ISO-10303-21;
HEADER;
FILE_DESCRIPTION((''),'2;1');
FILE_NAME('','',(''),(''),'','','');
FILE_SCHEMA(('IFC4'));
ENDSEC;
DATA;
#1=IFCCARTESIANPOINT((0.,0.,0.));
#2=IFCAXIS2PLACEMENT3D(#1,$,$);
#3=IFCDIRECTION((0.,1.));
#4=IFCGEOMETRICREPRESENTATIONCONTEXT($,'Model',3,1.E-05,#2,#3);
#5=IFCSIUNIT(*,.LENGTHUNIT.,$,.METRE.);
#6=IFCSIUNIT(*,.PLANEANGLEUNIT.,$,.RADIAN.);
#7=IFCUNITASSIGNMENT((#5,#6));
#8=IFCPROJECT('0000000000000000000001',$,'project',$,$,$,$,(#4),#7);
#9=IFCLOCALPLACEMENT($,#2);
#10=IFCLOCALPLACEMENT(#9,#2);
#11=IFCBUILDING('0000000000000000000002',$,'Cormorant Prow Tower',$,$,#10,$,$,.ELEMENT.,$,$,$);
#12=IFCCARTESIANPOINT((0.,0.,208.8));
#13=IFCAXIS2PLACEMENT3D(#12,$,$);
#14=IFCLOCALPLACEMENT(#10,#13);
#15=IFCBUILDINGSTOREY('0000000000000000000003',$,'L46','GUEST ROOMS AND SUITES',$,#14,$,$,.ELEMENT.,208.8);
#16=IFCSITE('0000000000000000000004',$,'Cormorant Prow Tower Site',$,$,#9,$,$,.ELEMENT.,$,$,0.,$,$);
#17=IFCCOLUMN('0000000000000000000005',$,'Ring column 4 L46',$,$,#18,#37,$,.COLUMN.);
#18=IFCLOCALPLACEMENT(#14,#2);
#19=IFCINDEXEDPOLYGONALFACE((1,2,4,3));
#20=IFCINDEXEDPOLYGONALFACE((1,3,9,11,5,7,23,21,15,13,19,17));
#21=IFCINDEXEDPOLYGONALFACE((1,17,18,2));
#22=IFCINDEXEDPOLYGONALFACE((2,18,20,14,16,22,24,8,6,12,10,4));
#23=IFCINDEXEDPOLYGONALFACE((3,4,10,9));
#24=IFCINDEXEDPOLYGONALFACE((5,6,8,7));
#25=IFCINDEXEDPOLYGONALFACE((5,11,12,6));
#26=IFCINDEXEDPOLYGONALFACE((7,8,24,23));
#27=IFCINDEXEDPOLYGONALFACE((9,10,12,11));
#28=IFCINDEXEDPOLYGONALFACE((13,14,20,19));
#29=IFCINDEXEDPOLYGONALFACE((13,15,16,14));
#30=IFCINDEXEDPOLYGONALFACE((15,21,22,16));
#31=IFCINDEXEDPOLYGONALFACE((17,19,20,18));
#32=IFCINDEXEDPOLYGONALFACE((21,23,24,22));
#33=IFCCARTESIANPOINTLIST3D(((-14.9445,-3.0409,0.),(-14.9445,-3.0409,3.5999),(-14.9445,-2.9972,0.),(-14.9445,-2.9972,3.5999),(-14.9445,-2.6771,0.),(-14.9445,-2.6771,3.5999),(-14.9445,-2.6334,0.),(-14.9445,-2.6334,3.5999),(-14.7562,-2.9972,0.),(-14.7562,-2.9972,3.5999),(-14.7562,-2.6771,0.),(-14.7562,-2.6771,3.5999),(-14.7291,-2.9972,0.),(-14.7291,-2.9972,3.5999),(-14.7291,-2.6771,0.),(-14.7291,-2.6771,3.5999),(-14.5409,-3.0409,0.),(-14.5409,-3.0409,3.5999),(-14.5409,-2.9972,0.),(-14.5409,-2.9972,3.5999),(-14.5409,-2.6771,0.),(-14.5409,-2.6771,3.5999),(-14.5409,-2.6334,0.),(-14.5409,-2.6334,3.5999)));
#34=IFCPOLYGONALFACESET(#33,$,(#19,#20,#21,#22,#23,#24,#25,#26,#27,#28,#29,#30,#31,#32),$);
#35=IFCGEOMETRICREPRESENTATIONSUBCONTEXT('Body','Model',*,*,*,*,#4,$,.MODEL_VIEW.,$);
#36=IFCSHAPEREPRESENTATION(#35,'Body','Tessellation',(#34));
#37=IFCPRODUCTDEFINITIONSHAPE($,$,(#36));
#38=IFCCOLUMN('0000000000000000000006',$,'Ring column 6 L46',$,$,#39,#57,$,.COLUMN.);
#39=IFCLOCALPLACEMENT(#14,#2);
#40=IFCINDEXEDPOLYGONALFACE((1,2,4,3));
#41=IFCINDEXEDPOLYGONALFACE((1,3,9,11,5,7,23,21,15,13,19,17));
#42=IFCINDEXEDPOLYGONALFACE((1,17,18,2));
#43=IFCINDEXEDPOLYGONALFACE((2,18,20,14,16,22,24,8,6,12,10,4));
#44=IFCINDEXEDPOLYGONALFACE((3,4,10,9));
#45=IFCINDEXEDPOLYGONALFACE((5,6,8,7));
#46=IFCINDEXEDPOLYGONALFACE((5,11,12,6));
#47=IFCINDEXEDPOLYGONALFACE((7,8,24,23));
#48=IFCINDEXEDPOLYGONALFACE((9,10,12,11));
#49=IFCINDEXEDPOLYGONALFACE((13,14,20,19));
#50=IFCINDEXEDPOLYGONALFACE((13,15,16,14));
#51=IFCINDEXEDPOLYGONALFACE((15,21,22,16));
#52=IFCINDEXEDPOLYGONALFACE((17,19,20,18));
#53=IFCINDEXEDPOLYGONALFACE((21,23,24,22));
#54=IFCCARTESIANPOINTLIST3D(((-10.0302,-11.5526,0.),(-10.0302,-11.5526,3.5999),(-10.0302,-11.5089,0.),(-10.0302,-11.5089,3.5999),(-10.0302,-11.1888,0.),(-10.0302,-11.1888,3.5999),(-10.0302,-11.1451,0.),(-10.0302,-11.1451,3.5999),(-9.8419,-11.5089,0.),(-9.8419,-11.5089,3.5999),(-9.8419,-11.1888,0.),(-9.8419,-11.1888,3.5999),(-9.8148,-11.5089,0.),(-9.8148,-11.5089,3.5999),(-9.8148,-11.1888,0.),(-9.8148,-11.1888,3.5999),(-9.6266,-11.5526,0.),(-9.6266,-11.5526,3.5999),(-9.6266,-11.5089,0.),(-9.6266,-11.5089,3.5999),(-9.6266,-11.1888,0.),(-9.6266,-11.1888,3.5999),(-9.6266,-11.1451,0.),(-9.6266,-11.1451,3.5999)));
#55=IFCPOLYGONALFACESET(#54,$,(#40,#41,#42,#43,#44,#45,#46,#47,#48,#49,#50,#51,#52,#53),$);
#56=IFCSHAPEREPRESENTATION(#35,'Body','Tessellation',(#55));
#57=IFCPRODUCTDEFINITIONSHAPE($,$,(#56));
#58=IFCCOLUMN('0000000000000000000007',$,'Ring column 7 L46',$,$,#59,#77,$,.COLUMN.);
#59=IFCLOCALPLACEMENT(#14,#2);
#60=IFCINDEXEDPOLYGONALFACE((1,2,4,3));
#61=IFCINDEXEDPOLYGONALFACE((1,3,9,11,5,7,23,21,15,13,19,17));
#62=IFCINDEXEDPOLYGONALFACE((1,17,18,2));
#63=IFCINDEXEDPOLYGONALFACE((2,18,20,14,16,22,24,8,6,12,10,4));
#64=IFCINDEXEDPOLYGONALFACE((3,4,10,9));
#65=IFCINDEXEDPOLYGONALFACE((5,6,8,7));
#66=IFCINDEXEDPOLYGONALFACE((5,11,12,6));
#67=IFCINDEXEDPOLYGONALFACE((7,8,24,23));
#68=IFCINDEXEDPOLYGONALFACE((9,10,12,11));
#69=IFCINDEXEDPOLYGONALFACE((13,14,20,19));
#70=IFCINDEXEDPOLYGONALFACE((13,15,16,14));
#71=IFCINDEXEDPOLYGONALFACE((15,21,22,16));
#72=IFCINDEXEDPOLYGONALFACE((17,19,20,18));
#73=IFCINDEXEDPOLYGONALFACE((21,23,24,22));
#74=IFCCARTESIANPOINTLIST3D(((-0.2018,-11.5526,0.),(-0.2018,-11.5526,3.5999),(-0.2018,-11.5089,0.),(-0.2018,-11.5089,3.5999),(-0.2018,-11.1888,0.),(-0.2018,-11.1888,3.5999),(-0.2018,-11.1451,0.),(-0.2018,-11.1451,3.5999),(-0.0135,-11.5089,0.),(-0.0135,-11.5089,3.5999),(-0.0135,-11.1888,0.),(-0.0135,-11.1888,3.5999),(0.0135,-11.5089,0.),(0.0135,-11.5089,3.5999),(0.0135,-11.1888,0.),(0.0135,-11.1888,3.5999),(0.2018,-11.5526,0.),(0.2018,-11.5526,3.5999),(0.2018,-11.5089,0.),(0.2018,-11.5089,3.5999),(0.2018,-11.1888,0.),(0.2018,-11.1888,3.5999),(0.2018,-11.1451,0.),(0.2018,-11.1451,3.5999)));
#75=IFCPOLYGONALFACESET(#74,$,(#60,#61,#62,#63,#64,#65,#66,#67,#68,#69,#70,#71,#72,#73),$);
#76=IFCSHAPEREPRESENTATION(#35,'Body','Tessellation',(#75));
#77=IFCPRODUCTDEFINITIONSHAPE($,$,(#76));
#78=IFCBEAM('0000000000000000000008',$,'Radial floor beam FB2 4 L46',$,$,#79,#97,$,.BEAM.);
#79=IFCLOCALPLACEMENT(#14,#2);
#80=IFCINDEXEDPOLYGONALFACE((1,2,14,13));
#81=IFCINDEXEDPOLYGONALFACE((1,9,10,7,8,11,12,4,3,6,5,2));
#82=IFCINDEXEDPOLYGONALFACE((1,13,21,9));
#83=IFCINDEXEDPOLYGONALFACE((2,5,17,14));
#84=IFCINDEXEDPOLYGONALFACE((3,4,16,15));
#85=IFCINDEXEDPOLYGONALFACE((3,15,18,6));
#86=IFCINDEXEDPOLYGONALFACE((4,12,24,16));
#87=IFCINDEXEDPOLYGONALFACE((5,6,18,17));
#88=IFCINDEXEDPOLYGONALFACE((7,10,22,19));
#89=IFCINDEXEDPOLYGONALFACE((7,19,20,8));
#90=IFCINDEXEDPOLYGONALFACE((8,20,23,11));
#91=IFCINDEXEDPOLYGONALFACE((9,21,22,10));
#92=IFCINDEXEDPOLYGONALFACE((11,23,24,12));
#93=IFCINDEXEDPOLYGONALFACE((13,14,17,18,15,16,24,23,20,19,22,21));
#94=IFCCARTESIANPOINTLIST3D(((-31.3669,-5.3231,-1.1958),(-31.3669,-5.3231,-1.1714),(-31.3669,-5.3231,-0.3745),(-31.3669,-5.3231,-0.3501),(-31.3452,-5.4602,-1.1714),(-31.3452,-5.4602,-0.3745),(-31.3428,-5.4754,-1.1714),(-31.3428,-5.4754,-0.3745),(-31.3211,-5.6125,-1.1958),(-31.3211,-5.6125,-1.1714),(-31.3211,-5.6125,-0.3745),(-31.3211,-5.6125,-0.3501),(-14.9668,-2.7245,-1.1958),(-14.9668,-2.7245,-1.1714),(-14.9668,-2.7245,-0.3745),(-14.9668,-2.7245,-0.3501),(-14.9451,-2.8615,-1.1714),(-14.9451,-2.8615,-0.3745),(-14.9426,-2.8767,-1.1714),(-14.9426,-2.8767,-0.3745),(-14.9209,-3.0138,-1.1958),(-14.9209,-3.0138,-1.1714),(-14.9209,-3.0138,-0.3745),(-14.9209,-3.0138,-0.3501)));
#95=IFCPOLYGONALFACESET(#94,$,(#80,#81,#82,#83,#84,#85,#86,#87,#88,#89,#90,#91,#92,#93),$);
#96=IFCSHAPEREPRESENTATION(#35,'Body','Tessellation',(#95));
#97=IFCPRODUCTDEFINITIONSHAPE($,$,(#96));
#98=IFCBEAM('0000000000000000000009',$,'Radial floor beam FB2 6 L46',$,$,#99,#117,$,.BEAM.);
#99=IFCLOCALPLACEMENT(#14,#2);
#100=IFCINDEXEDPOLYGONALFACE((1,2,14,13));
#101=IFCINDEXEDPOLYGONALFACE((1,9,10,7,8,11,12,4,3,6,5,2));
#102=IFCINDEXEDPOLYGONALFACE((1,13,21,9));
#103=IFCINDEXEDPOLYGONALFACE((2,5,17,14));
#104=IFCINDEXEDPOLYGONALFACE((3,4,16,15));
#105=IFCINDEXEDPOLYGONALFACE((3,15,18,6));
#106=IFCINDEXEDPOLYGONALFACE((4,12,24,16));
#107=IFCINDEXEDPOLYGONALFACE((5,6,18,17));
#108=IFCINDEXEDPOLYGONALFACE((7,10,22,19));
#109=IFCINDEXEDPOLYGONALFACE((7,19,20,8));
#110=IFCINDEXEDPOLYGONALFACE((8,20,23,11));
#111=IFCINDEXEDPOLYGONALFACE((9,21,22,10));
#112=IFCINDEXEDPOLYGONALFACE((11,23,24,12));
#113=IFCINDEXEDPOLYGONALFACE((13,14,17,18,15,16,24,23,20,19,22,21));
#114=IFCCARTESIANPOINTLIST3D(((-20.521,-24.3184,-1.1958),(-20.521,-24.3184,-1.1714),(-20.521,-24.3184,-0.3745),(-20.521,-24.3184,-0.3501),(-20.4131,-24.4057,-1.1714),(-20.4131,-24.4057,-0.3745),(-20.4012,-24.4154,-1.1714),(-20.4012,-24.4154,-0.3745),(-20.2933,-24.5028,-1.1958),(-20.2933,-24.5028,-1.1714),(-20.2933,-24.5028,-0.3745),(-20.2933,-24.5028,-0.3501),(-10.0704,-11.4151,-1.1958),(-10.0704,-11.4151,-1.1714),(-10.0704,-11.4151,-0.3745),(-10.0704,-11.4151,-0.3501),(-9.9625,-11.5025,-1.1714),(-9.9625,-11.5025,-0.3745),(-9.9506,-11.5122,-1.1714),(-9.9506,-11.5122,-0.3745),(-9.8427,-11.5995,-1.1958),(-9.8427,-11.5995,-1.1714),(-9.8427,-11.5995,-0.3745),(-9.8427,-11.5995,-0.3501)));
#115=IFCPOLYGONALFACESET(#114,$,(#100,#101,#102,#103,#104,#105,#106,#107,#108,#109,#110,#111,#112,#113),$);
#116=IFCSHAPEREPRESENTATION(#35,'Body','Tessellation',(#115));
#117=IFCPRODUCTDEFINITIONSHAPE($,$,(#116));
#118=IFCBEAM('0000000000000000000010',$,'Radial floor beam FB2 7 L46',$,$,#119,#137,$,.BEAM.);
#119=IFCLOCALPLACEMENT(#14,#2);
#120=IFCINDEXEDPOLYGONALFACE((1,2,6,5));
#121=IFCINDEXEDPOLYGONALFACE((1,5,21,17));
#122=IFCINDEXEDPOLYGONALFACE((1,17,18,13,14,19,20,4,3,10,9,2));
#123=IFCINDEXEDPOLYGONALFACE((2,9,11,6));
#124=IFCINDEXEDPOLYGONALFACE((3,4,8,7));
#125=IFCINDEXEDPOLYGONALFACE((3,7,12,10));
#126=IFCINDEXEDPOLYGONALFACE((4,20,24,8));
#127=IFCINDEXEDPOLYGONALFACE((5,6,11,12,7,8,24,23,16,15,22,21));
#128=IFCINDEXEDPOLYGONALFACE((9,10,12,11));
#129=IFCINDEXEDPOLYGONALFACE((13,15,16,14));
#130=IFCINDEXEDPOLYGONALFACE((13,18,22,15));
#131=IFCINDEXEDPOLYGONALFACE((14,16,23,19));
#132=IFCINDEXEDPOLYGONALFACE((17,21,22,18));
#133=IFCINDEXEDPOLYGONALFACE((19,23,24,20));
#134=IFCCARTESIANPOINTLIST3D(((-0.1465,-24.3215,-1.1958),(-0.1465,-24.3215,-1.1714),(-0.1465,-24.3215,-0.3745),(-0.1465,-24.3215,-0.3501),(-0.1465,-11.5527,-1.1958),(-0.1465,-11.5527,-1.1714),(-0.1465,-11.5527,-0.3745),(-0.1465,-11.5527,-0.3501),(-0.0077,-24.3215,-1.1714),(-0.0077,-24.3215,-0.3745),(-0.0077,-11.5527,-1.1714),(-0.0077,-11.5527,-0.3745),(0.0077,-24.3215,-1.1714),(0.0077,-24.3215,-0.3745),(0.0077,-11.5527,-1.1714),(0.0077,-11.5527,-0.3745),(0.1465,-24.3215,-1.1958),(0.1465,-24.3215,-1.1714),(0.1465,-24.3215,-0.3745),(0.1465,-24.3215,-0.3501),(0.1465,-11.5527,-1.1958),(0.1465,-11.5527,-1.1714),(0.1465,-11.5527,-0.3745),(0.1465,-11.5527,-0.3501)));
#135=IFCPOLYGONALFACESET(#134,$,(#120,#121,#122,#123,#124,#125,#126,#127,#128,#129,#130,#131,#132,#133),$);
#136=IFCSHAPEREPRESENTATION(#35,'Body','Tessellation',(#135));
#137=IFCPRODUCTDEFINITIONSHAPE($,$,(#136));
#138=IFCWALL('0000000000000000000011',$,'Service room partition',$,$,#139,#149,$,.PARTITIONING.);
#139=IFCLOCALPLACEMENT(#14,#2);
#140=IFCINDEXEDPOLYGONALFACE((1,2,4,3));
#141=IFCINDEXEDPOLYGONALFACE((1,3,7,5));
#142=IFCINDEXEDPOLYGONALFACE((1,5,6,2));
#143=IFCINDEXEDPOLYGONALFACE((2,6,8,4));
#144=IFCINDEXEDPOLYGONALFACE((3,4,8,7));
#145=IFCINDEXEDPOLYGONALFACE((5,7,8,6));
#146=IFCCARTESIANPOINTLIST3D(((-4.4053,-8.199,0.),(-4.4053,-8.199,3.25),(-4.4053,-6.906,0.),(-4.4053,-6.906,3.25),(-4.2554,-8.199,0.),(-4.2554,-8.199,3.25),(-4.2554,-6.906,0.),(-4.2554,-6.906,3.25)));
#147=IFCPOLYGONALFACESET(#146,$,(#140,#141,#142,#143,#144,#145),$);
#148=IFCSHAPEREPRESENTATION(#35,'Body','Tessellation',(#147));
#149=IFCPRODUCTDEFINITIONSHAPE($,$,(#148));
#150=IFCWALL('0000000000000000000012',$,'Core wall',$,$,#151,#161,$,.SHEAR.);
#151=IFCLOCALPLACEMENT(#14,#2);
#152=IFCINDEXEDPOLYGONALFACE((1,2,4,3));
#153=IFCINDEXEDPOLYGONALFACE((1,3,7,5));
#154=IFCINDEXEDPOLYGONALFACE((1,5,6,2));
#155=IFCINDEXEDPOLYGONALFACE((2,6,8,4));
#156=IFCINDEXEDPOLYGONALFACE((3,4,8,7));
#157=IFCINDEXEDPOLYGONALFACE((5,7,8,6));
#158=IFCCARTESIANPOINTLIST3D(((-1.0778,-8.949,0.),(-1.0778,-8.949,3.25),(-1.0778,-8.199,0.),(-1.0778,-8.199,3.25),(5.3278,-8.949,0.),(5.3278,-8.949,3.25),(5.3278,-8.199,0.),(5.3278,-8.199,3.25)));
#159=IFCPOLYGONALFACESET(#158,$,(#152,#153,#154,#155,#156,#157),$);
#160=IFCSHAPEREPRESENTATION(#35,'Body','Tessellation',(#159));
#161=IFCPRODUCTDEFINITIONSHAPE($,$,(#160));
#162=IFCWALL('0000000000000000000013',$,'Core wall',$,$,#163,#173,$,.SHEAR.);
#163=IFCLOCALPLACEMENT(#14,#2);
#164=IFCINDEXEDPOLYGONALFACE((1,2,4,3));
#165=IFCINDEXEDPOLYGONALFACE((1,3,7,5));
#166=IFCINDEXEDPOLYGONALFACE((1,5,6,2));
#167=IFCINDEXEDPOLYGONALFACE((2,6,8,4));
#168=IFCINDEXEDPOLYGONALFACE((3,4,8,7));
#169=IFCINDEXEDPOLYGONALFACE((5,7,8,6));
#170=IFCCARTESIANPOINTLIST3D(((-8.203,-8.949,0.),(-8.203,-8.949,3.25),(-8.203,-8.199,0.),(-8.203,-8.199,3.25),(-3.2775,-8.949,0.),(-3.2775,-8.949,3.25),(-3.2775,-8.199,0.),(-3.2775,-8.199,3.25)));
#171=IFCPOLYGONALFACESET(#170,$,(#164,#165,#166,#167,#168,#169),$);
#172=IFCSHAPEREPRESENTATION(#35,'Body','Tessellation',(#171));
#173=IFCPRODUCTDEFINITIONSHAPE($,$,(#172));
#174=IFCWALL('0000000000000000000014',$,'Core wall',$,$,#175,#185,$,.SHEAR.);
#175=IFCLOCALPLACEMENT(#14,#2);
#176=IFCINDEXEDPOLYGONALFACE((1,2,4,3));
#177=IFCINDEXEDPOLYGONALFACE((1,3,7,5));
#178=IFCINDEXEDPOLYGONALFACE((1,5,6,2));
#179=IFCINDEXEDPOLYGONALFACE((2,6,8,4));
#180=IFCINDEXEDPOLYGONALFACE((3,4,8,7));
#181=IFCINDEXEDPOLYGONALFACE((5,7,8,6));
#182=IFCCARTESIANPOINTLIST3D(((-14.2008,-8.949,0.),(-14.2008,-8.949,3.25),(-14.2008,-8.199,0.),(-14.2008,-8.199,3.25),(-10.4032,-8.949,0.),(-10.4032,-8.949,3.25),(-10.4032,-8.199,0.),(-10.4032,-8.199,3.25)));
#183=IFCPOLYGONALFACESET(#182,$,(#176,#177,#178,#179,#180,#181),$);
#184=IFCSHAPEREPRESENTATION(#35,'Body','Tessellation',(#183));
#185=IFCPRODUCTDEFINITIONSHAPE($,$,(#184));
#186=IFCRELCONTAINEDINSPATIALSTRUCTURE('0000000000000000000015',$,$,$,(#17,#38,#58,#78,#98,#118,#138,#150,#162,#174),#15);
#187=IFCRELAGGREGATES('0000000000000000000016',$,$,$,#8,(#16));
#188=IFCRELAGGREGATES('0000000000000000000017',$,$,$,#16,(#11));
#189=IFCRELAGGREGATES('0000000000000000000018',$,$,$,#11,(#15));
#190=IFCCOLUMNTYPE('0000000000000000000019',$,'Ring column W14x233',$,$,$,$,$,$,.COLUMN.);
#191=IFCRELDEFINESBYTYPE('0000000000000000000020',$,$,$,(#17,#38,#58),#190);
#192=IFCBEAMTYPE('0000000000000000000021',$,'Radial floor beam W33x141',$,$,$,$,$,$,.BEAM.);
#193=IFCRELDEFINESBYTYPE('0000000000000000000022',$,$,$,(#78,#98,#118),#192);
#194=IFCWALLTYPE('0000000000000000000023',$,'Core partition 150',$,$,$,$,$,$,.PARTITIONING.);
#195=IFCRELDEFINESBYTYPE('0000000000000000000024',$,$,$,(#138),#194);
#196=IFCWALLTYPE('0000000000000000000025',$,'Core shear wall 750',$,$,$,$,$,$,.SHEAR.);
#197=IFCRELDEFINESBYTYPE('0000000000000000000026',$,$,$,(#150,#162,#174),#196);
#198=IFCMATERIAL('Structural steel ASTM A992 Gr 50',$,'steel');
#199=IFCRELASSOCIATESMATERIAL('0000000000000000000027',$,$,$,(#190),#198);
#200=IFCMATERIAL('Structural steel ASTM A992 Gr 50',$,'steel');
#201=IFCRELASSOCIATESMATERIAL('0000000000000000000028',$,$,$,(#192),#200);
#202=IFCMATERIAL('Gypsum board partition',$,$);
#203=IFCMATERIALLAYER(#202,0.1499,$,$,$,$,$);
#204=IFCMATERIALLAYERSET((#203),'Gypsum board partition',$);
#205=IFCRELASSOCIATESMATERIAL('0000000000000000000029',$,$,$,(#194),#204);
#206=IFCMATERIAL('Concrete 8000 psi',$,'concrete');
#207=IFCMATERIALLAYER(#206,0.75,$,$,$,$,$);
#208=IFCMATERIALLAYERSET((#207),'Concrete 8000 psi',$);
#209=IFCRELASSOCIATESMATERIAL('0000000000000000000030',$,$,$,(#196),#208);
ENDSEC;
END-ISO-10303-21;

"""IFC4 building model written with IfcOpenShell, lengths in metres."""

from ifc_helpers import new_model, si_unit, direction, frame, frame_2d, origin, origin_2d, place, context, subcontext, project, spatial, rectangle, i_section, extrude, material, layer, layer_set, material_profile, profile_set, type_object, element, save


model = new_model("IFC4")

# Units and contexts
model_context = context("Model", 3, precision=1e-05, world=origin(), true_north=direction((0.0, 1.0)))
body_context = subcontext(model_context, "Body", "Model", "MODEL_VIEW")
ifc_project = project(units=[si_unit("LENGTHUNIT", "METRE"), si_unit("PLANEANGLEUNIT", "RADIAN")], contexts=[model_context])

# Site, building, storey
site_placement = place(None, origin())
site = spatial("IfcSite", under=ifc_project, at=site_placement, Name="Cormorant Prow Tower Site", CompositionType="ELEMENT", RefElevation=0.0)
building_placement = place(site_placement, origin())
building = spatial("IfcBuilding", under=site, at=building_placement, Name="Cormorant Prow Tower", CompositionType="ELEMENT")
storey_placement = place(building_placement, frame((0.0, 0.0, 208.8)))
storey = spatial("IfcBuildingStorey", under=building, at=storey_placement, Name="L46", Description="GUEST ROOMS AND SUITES", CompositionType="ELEMENT", Elevation=208.8)

# Columns
ifc_material_1 = material(Name="Structural steel ASTM A992 Gr 50", Category="steel")
ifc_material_profile_1 = material_profile(ifc_material_1, i_section(OverallWidth=0.4036, OverallDepth=0.4075, WebThickness=0.0271, FlangeThickness=0.0437, at=origin_2d()), Name="W14x233")
ifc_profile_set_1 = profile_set([ifc_material_profile_1], Name="Structural steel ASTM A992 Gr 50")
column_type = type_object("IfcColumnType", Name="Ring column W14x233", PredefinedType="COLUMN", material=ifc_profile_set_1)
for number, where, z_axis, x_axis, name in (
    (1, (-14.7427, -2.8372, 0.0), (0.0, 0.0, 1.0), (1.0, 0.0, 0.0), "Ring column 4 L46"),
    (2, (-9.8284, -11.3489, 0.0), (0.0, 0.0, 1.0), (1.0, 0.0, 0.0), "Ring column 6 L46"),
    (3, (0.0, -11.3489, 0.0), (0.0, 0.0, 1.0), (1.0, 0.0, 0.0), "Ring column 7 L46"),
):
    element("IfcColumn", number, at=place(storey_placement, frame(where, z_axis=z_axis, x_axis=x_axis)), inside=storey, type_object=column_type, Name=name, PredefinedType="COLUMN", context=body_context, shape_type="SweptSolid", body=[
        extrude(i_section(OverallWidth=0.4036, OverallDepth=0.4075, WebThickness=0.0271, FlangeThickness=0.0437, at=origin_2d()), origin(), (0.0, 0.0, 1.0), 3.5999),
    ])

# Beams
ifc_material_2 = material(Name="Structural steel ASTM A992 Gr 50", Category="steel")
ifc_material_profile_2 = material_profile(ifc_material_2, i_section(OverallWidth=0.293, OverallDepth=0.8457, WebThickness=0.0154, FlangeThickness=0.0244, at=origin_2d()), Name="W33x141")
ifc_profile_set_2 = profile_set([ifc_material_profile_2], Name="Structural steel ASTM A992 Gr 50")
beam_type = type_object("IfcBeamType", Name="Radial floor beam W33x141", PredefinedType="BEAM", material=ifc_profile_set_2)
beam_1_placement = place(storey_placement, frame((-14.9438, -2.8691, -0.7729), z_axis=(-0.987678, -0.156499, 0.0), x_axis=(0.156499, -0.987678, 0.0)))
element("IfcBeam", 4, at=beam_1_placement, inside=storey, type_object=beam_type, Name="Radial floor beam FB2 4 L46", PredefinedType="BEAM", context=body_context, shape_type="SweptSolid", body=[
    extrude(i_section(OverallWidth=0.293, OverallDepth=0.8457, WebThickness=0.0154, FlangeThickness=0.0244, at=origin_2d()), origin(), (0.0, 0.0, 1.0), 16.6047),
])
beam_2_placement = place(storey_placement, frame((-9.9565, -11.5073, -0.7729), z_axis=(-0.629385, -0.777094, 0.0), x_axis=(0.777094, -0.629385, 0.0)))
element("IfcBeam", 5, at=beam_2_placement, inside=storey, type_object=beam_type, Name="Radial floor beam FB2 6 L46", PredefinedType="BEAM", context=body_context, shape_type="SweptSolid", body=[
    extrude(i_section(OverallWidth=0.293, OverallDepth=0.8457, WebThickness=0.0154, FlangeThickness=0.0244, at=origin_2d()), origin(), (0.0, 0.0, 1.0), 16.6045),
])
beam_3_placement = place(storey_placement, frame((0.0, -11.5527, -0.7729), z_axis=(0.0, -1.0, 0.0), x_axis=(1.0, 0.0, 0.0)))
element("IfcBeam", 6, at=beam_3_placement, inside=storey, type_object=beam_type, Name="Radial floor beam FB2 7 L46", PredefinedType="BEAM", context=body_context, shape_type="SweptSolid", body=[
    extrude(i_section(OverallWidth=0.293, OverallDepth=0.8457, WebThickness=0.0154, FlangeThickness=0.0244, at=origin_2d()), origin(), (0.0, 0.0, 1.0), 12.7688),
])

# Walls
ifc_material_3 = material(Name="Gypsum board partition")
ifc_layer_1 = layer(ifc_material_3, 0.1499)
ifc_layer_set_1 = layer_set([ifc_layer_1], Name="Gypsum board partition")
wall_type_1 = type_object("IfcWallType", Name="Core partition 150", PredefinedType="PARTITIONING", material=ifc_layer_set_1)
wall_1_placement = place(storey_placement, frame((-4.3303, -8.199, 0.0), z_axis=(0.0, 0.0, 1.0), x_axis=(0.0, 1.0, 0.0)))
element("IfcWall", 7, at=wall_1_placement, inside=storey, type_object=wall_type_1, Name="Service room partition", PredefinedType="PARTITIONING", context=body_context, shape_type="SweptSolid", body=[
    extrude(rectangle(XDim=1.293, YDim=0.1499, at=frame_2d((0.6465, 0.0))), origin(), (0.0, 0.0, 1.0), 3.25),
])
ifc_material_4 = material(Name="Concrete 8000 psi", Category="concrete")
ifc_layer_2 = layer(ifc_material_4, 0.75)
ifc_layer_set_2 = layer_set([ifc_layer_2], Name="Concrete 8000 psi")
wall_type_2 = type_object("IfcWallType", Name="Core shear wall 750", PredefinedType="SHEAR", material=ifc_layer_set_2)
wall_2_placement = place(storey_placement, frame((-1.0776, -8.574, 0.0), z_axis=(0.0, 0.0, 1.0), x_axis=(1.0, 0.0, 0.0)))
element("IfcWall", 8, at=wall_2_placement, inside=storey, type_object=wall_type_2, Name="Core wall", PredefinedType="SHEAR", context=body_context, shape_type="SweptSolid", body=[
    extrude(rectangle(XDim=6.4055, YDim=0.75, at=frame_2d((3.2026, 0.0))), origin(), (0.0, 0.0, 1.0), 3.25),
])
wall_3_placement = place(storey_placement, frame((-8.2031, -8.574, 0.0), z_axis=(0.0, 0.0, 1.0), x_axis=(1.0, 0.0, 0.0)))
element("IfcWall", 9, at=wall_3_placement, inside=storey, type_object=wall_type_2, Name="Core wall", PredefinedType="SHEAR", context=body_context, shape_type="SweptSolid", body=[
    extrude(rectangle(XDim=4.9255, YDim=0.75, at=frame_2d((2.4629, 0.0))), origin(), (0.0, 0.0, 1.0), 3.25),
])
wall_4_placement = place(storey_placement, frame((-14.2009, -8.574, 0.0), z_axis=(0.0, 0.0, 1.0), x_axis=(1.0, 0.0, 0.0)))
element("IfcWall", 10, at=wall_4_placement, inside=storey, type_object=wall_type_2, Name="Core wall", PredefinedType="SHEAR", context=body_context, shape_type="SweptSolid", body=[
    extrude(rectangle(XDim=3.7976, YDim=0.75, at=frame_2d((1.8989, 0.0))), origin(), (0.0, 0.0, 1.0), 3.25),
])

save(model, "model.ifc")
